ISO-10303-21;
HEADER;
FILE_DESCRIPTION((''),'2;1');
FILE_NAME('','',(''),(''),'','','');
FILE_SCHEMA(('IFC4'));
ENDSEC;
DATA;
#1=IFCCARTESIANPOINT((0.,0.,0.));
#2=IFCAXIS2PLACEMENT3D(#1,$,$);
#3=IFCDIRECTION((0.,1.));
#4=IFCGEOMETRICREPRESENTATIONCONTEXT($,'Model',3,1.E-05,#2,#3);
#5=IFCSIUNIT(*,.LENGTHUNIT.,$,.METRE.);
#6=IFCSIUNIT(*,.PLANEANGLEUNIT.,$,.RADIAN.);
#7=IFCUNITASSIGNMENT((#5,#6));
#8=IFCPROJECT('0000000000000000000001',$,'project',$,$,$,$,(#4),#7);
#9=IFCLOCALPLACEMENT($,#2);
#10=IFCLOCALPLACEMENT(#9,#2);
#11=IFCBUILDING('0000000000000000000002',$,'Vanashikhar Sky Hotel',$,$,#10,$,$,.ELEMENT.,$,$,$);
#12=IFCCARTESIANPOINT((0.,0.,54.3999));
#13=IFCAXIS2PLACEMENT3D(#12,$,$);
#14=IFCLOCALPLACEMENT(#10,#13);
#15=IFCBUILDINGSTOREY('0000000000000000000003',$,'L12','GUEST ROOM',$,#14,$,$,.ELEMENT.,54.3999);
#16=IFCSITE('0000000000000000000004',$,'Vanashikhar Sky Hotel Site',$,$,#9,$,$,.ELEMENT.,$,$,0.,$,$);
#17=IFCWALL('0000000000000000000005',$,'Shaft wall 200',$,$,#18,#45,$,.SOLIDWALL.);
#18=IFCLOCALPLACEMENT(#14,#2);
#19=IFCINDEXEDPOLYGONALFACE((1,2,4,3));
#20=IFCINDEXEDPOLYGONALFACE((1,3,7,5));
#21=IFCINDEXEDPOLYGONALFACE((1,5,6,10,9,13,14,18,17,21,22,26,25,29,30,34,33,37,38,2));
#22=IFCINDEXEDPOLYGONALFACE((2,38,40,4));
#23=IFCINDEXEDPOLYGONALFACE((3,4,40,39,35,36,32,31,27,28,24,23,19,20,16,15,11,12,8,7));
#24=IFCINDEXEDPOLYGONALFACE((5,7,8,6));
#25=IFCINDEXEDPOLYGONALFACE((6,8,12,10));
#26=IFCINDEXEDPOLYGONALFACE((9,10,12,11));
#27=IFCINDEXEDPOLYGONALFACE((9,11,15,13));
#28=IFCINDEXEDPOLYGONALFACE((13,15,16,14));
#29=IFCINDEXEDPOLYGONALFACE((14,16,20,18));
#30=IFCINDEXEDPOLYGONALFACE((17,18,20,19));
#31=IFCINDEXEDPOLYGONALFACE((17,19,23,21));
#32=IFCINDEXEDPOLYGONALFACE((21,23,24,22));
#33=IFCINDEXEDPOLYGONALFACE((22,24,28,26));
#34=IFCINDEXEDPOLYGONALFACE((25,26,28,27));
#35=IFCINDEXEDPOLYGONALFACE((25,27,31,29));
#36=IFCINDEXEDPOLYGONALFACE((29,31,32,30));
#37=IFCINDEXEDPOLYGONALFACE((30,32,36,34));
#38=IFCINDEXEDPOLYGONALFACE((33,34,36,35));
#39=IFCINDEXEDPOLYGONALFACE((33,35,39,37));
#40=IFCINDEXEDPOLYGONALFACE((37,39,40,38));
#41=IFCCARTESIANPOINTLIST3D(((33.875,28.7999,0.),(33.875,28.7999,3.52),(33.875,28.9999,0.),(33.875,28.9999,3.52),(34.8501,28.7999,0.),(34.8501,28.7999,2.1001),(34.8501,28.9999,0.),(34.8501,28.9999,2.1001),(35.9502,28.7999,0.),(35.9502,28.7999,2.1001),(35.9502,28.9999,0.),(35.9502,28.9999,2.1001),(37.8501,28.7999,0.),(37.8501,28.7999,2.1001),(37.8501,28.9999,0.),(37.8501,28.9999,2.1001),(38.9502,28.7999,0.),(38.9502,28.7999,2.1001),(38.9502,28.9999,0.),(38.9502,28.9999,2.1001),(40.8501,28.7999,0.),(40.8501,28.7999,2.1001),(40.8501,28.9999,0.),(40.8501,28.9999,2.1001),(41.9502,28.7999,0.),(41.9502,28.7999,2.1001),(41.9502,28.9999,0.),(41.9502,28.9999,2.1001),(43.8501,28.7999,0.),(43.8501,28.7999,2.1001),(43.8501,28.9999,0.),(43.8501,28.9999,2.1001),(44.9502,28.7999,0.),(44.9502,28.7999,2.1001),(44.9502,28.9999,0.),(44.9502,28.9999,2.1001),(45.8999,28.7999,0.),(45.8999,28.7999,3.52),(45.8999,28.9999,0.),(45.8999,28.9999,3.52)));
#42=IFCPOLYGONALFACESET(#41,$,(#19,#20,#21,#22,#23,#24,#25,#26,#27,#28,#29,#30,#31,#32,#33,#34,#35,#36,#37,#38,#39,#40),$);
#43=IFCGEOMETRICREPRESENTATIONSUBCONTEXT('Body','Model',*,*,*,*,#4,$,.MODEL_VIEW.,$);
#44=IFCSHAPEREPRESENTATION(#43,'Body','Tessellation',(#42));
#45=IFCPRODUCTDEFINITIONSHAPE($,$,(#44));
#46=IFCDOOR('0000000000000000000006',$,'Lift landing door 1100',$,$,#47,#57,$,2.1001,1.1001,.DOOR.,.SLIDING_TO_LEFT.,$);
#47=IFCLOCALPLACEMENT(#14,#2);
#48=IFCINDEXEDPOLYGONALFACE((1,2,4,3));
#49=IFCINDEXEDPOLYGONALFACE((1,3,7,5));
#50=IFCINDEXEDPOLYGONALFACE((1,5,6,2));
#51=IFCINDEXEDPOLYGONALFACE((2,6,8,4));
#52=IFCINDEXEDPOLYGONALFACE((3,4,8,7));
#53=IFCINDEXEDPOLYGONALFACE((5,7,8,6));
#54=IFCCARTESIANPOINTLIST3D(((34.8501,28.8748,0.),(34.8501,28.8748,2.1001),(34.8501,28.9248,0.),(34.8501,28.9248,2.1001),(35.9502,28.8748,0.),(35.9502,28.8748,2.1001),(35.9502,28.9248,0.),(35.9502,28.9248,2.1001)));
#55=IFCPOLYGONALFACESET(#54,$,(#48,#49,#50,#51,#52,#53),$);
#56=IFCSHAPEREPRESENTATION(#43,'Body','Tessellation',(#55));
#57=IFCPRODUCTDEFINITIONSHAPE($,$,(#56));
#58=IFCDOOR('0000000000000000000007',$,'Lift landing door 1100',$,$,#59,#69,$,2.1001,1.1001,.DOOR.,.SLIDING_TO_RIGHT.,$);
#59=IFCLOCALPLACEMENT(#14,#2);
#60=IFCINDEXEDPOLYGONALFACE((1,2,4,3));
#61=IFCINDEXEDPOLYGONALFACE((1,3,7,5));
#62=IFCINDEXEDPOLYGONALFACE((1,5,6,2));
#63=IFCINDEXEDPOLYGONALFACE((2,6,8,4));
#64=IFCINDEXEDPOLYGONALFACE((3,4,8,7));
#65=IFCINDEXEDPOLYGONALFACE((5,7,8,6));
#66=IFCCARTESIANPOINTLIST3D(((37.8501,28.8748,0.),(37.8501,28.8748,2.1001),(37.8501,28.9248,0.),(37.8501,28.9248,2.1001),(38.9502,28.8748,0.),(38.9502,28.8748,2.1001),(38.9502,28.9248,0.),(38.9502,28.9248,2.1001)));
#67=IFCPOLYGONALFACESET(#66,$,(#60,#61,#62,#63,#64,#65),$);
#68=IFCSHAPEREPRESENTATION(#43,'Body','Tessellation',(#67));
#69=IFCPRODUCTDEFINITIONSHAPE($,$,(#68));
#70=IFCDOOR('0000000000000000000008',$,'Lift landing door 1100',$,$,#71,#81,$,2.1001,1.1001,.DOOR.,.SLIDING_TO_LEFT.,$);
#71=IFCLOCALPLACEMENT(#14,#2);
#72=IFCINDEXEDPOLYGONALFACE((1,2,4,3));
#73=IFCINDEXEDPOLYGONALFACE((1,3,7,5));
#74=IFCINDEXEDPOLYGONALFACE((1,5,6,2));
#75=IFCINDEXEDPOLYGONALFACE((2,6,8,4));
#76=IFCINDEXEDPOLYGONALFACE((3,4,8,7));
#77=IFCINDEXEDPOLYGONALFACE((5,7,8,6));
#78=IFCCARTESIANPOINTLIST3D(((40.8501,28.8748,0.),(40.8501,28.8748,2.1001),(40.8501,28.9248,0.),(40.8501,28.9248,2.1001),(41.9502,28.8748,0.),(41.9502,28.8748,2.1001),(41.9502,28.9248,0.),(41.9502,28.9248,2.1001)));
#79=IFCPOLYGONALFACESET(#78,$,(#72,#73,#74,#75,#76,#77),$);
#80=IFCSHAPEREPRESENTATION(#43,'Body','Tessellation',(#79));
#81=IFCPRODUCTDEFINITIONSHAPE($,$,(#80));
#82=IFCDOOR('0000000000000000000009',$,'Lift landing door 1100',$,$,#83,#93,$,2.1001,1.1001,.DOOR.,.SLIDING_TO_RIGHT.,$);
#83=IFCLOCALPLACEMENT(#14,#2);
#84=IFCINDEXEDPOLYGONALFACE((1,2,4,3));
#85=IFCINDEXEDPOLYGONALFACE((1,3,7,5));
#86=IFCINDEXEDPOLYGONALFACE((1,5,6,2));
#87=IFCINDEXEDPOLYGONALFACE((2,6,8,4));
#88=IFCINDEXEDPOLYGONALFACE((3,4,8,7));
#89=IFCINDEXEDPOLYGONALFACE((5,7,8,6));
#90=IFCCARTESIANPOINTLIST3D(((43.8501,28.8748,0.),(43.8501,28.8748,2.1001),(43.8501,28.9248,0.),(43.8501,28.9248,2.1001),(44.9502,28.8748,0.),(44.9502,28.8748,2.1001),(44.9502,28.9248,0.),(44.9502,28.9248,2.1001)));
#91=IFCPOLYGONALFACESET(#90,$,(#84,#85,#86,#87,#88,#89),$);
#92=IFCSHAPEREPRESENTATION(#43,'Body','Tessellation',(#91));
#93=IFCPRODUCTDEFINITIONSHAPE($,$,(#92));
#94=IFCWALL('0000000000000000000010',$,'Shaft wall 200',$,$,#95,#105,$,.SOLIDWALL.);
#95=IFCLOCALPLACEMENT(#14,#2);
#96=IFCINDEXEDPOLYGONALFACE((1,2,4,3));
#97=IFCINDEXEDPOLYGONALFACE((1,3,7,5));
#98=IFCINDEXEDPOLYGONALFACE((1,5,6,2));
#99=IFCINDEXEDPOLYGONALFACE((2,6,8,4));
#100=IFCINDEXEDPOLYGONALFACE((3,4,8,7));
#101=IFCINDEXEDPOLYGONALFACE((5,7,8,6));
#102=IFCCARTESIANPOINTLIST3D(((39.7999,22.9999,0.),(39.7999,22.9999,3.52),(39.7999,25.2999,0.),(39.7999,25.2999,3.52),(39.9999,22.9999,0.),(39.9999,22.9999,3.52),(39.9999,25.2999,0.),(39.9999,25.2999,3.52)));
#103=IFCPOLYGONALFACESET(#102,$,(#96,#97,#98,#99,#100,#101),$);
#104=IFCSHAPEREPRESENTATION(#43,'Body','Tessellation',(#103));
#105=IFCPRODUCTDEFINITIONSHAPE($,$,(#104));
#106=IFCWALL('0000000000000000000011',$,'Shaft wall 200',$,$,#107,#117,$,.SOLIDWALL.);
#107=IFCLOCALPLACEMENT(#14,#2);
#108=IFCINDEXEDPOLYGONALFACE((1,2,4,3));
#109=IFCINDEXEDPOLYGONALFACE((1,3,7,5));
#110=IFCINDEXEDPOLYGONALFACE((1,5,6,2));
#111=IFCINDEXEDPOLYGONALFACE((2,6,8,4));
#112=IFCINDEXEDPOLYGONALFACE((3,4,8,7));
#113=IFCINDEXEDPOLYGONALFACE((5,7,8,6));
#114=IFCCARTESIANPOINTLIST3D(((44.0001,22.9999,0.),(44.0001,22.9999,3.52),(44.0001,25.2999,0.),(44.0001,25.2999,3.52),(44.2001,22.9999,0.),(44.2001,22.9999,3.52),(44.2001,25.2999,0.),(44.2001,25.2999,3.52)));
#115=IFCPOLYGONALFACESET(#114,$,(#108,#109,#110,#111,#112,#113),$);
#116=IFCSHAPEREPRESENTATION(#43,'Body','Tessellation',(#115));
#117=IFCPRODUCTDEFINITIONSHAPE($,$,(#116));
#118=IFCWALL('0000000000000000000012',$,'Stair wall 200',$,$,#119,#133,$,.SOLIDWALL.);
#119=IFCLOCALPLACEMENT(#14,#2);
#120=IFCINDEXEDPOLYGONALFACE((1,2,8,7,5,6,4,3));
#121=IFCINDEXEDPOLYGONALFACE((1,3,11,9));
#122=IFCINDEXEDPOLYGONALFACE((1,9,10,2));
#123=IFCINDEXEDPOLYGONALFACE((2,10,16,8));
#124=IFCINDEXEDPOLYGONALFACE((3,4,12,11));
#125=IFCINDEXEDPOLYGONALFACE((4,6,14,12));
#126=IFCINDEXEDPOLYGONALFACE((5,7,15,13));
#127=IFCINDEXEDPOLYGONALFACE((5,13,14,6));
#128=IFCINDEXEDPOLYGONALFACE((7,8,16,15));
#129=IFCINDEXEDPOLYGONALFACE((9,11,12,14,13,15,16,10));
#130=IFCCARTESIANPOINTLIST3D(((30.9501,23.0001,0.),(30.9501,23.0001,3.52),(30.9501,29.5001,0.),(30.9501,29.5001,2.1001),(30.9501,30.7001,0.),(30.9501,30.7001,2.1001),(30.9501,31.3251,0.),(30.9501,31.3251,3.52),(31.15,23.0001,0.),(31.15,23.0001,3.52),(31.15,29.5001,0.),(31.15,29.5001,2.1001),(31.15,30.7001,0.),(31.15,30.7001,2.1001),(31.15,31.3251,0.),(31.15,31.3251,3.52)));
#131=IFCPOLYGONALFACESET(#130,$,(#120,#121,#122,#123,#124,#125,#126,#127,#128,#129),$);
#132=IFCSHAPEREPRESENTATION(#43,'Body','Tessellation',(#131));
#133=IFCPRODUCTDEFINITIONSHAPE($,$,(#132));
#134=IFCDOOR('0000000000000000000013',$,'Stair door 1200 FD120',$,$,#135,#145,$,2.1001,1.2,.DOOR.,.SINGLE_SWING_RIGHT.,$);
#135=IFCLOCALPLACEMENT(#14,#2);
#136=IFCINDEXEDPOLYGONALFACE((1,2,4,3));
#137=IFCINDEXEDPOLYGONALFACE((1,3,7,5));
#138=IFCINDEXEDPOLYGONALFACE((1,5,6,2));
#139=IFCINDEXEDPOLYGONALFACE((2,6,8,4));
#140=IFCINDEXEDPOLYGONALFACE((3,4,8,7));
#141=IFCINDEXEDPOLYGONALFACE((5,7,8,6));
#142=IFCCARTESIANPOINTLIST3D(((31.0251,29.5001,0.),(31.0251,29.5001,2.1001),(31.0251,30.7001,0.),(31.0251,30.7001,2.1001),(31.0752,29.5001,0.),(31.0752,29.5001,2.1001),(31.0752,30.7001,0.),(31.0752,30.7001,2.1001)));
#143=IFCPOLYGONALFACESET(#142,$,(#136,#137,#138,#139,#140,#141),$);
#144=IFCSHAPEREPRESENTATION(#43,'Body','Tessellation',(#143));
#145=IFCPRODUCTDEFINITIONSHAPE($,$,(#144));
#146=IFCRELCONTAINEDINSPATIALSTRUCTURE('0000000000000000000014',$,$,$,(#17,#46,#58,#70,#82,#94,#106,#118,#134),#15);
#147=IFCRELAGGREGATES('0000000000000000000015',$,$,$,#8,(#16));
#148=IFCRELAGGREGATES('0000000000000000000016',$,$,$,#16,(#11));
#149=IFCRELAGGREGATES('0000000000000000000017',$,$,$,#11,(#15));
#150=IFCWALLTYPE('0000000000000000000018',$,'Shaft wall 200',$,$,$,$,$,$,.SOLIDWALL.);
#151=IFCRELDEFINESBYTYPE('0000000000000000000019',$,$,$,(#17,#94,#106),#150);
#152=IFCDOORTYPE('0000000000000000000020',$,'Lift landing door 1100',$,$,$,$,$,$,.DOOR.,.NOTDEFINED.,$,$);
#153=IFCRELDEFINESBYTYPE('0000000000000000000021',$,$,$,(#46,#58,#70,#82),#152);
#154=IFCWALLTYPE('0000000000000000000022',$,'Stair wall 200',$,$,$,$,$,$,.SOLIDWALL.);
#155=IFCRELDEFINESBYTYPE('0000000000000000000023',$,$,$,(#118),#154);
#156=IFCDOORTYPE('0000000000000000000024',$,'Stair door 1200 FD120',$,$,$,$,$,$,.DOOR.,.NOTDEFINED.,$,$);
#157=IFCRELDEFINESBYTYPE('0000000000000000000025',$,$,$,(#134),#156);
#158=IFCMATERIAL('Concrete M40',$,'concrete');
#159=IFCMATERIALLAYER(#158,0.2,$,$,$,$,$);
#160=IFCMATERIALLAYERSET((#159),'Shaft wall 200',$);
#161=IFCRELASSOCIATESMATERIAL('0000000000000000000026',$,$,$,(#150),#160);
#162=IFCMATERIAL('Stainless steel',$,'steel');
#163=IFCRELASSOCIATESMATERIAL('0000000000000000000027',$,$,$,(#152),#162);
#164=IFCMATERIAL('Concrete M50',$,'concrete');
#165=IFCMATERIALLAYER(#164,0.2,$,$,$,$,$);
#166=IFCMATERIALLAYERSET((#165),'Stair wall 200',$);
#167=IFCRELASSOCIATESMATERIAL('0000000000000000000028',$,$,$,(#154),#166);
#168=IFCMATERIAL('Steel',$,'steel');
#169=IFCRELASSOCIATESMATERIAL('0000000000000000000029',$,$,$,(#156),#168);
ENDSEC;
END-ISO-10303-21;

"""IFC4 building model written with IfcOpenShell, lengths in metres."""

from ifc_helpers import new_model, si_unit, direction, frame, frame_2d, origin, place, context, subcontext, project, spatial, rectangle, extrude, source, transform, mapped, material, layer, layer_set, type_object, element, fill, save


model = new_model("IFC4")

# Units and contexts
model_context = context("Model", 3, precision=1e-05, world=origin(), true_north=direction((0.0, 1.0)))
body_context = subcontext(model_context, "Body", "Model", "MODEL_VIEW")
ifc_project = project(units=[si_unit("LENGTHUNIT", "METRE"), si_unit("PLANEANGLEUNIT", "RADIAN")], contexts=[model_context])

# Site, building, storey
site_placement = place(None, origin())
site = spatial("IfcSite", under=ifc_project, at=site_placement, Name="Vanashikhar Sky Hotel Site", CompositionType="ELEMENT", RefElevation=0.0)
building_placement = place(site_placement, origin())
building = spatial("IfcBuilding", under=site, at=building_placement, Name="Vanashikhar Sky Hotel", CompositionType="ELEMENT")
storey_placement = place(building_placement, frame((0.0, 0.0, 54.3999)))
storey = spatial("IfcBuildingStorey", under=building, at=storey_placement, Name="L12", Description="GUEST ROOM", CompositionType="ELEMENT", Elevation=54.3999)

# Shared definitions
ifc_material_1 = material(Name="Steel", Category="steel")
shared_shape_1 = source(origin(), body_context, "Body", "SweptSolid", [
    extrude(rectangle(XDim=1.1001, YDim=2.1001, at=frame_2d((0.55, 1.05))), frame((0.0, 0.0249, 0.0), z_axis=(0.0, -1.0, 0.0), x_axis=(1.0, 0.0, 0.0)), (0.0, 0.0, 1.0), 0.05),
])

# Wall, openings, doors
ifc_material_2 = material(Name="Concrete M40", Category="concrete")
ifc_layer_1 = layer(ifc_material_2, 0.2)
ifc_layer_set_1 = layer_set([ifc_layer_1], Name="Shaft wall 200")
wall_type_1 = type_object("IfcWallType", Name="Shaft wall 200", PredefinedType="SOLIDWALL", material=ifc_layer_set_1)
shared_shape_2 = source(origin(), body_context, "Body", "SweptSolid", [
    extrude(rectangle(XDim=1.1001, YDim=2.1001, at=frame_2d((0.55, 1.05))), frame((0.0, 0.1099, 0.0), z_axis=(0.0, -1.0, 0.0), x_axis=(1.0, 0.0, 0.0)), (0.0, 0.0, 1.0), 0.22),
])
ifc_material_3 = material(Name="Stainless steel", Category="steel")
door_type_1 = type_object("IfcDoorType", Name="Lift landing door 1100", OperationType="NOTDEFINED", PredefinedType="DOOR", material=ifc_material_3)
shared_shape_3 = source(origin(), body_context, "Body", "SweptSolid", [
    extrude(rectangle(XDim=12.0249, YDim=0.2, at=frame_2d((6.0125, 0.0))), origin(), (0.0, 0.0, 1.0), 3.52),
])
wall_1_placement = place(storey_placement, frame((33.875, 28.8999, 0.0), z_axis=(0.0, 0.0, 1.0), x_axis=(1.0, 0.0, 0.0)))
wall_1 = element("IfcWall", 1, at=wall_1_placement, inside=storey, type_object=wall_type_1, Name="Shaft wall 200", PredefinedType="SOLIDWALL", context=body_context, shape_type="MappedRepresentation", body=[
    mapped(shared_shape_3, transform((0.0, 0.0, 0.0), scale=1.0)),
])
opening_1_placement = place(wall_1_placement, frame((0.9751, 0.0, 0.0)))
opening_1 = element("IfcOpeningElement", 2, at=opening_1_placement, cuts=wall_1, PredefinedType="OPENING", context=body_context, shape_type="MappedRepresentation", body=[
    mapped(shared_shape_2, transform((0.0, 0.0, 0.0), scale=1.0)),
])
opening_2_placement = place(wall_1_placement, frame((3.9751, 0.0, 0.0)))
opening_2 = element("IfcOpeningElement", 3, at=opening_2_placement, cuts=wall_1, PredefinedType="OPENING", context=body_context, shape_type="MappedRepresentation", body=[
    mapped(shared_shape_2, transform((0.0, 0.0, 0.0), scale=1.0)),
])
opening_3_placement = place(wall_1_placement, frame((6.9751, 0.0, 0.0)))
opening_3 = element("IfcOpeningElement", 4, at=opening_3_placement, cuts=wall_1, PredefinedType="OPENING", context=body_context, shape_type="MappedRepresentation", body=[
    mapped(shared_shape_2, transform((0.0, 0.0, 0.0), scale=1.0)),
])
opening_4_placement = place(wall_1_placement, frame((9.9751, 0.0, 0.0)))
opening_4 = element("IfcOpeningElement", 5, at=opening_4_placement, cuts=wall_1, PredefinedType="OPENING", context=body_context, shape_type="MappedRepresentation", body=[
    mapped(shared_shape_2, transform((0.0, 0.0, 0.0), scale=1.0)),
])
door_1_placement = place(opening_1_placement, origin())
door_1 = element("IfcDoor", 6, at=door_1_placement, inside=storey, type_object=door_type_1, Name="Lift landing door 1100", OperationType="SLIDING_TO_LEFT", OverallHeight=2.1001, OverallWidth=1.1001, PredefinedType="DOOR", context=body_context, shape_type="MappedRepresentation", body=[
    mapped(shared_shape_1, transform((0.0, 0.0, 0.0), scale=1.0)),
])
fill(opening_1, door_1)
door_2_placement = place(opening_2_placement, origin())
door_2 = element("IfcDoor", 7, at=door_2_placement, inside=storey, type_object=door_type_1, Name="Lift landing door 1100", OperationType="SLIDING_TO_RIGHT", OverallHeight=2.1001, OverallWidth=1.1001, PredefinedType="DOOR", context=body_context, shape_type="MappedRepresentation", body=[
    mapped(shared_shape_1, transform((0.0, 0.0, 0.0), scale=1.0)),
])
fill(opening_2, door_2)
door_3_placement = place(opening_3_placement, origin())
door_3 = element("IfcDoor", 8, at=door_3_placement, inside=storey, type_object=door_type_1, Name="Lift landing door 1100", OperationType="SLIDING_TO_LEFT", OverallHeight=2.1001, OverallWidth=1.1001, PredefinedType="DOOR", context=body_context, shape_type="MappedRepresentation", body=[
    mapped(shared_shape_1, transform((0.0, 0.0, 0.0), scale=1.0)),
])
fill(opening_3, door_3)
door_4_placement = place(opening_4_placement, origin())
door_4 = element("IfcDoor", 9, at=door_4_placement, inside=storey, type_object=door_type_1, Name="Lift landing door 1100", OperationType="SLIDING_TO_RIGHT", OverallHeight=2.1001, OverallWidth=1.1001, PredefinedType="DOOR", context=body_context, shape_type="MappedRepresentation", body=[
    mapped(shared_shape_1, transform((0.0, 0.0, 0.0), scale=1.0)),
])
fill(opening_4, door_4)

# Walls
shared_shape_4 = source(origin(), body_context, "Body", "SweptSolid", [
    extrude(rectangle(XDim=2.3, YDim=0.2, at=frame_2d((1.1499, 0.0))), origin(), (0.0, 0.0, 1.0), 3.52),
])
for number, where, z_axis, x_axis, name in (
    (10, (39.8999, 23.0, 0.0), (0.0, 0.0, 1.0), (0.0, 1.0, 0.0), "Shaft wall 200"),
    (11, (44.1001, 23.0, 0.0), (0.0, 0.0, 1.0), (0.0, 1.0, 0.0), "Shaft wall 200"),
):
    element("IfcWall", number, at=place(storey_placement, frame(where, z_axis=z_axis, x_axis=x_axis)), inside=storey, type_object=wall_type_1, Name=name, PredefinedType="SOLIDWALL", context=body_context, shape_type="MappedRepresentation", body=[
        mapped(shared_shape_4, transform((0.0, 0.0, 0.0), scale=1.0)),
    ])

# Wall, opening, door
ifc_material_4 = material(Name="Concrete M50", Category="concrete")
ifc_layer_2 = layer(ifc_material_4, 0.2)
ifc_layer_set_2 = layer_set([ifc_layer_2], Name="Stair wall 200")
wall_type_2 = type_object("IfcWallType", Name="Stair wall 200", PredefinedType="SOLIDWALL", material=ifc_layer_set_2)
shared_shape_5 = source(origin(), body_context, "Body", "SweptSolid", [
    extrude(rectangle(XDim=8.325, YDim=0.2, at=frame_2d((4.1626, 0.0))), origin(), (0.0, 0.0, 1.0), 3.52),
])
wall_2_placement = place(storey_placement, frame((31.05, 23.0, 0.0), z_axis=(0.0, 0.0, 1.0), x_axis=(0.0, 1.0, 0.0)))
wall_2 = element("IfcWall", 12, at=wall_2_placement, inside=storey, type_object=wall_type_2, Name="Stair wall 200", PredefinedType="SOLIDWALL", context=body_context, shape_type="MappedRepresentation", body=[
    mapped(shared_shape_5, transform((0.0, 0.0, 0.0), scale=1.0)),
])
shared_shape_6 = source(origin(), body_context, "Body", "SweptSolid", [
    extrude(rectangle(XDim=1.2, YDim=2.1001, at=frame_2d((0.6001, 1.05))), frame((0.0, 0.1099, 0.0), z_axis=(0.0, -1.0, 0.0), x_axis=(1.0, 0.0, 0.0)), (0.0, 0.0, 1.0), 0.22),
])
opening_5_placement = place(wall_2_placement, frame((6.5, 0.0, 0.0)))
opening_5 = element("IfcOpeningElement", 13, at=opening_5_placement, cuts=wall_2, PredefinedType="OPENING", context=body_context, shape_type="MappedRepresentation", body=[
    mapped(shared_shape_6, transform((0.0, 0.0, 0.0), scale=1.0)),
])
door_type_2 = type_object("IfcDoorType", Name="Stair door 1200 FD120", OperationType="NOTDEFINED", PredefinedType="DOOR", material=ifc_material_1)
shared_shape_7 = source(origin(), body_context, "Body", "SweptSolid", [
    extrude(rectangle(XDim=1.2, YDim=2.1001, at=frame_2d((0.6001, 1.05))), frame((0.0, 0.0249, 0.0), z_axis=(0.0, -1.0, 0.0), x_axis=(1.0, 0.0, 0.0)), (0.0, 0.0, 1.0), 0.05),
])
door_5_placement = place(opening_5_placement, origin())
door_5 = element("IfcDoor", 14, at=door_5_placement, inside=storey, type_object=door_type_2, Name="Stair door 1200 FD120", OperationType="SINGLE_SWING_RIGHT", OverallHeight=2.1001, OverallWidth=1.2, PredefinedType="DOOR", context=body_context, shape_type="MappedRepresentation", body=[
    mapped(shared_shape_7, transform((0.0, 0.0, 0.0), scale=1.0)),
])
fill(opening_5, door_5)

save(model, "model.ifc")
